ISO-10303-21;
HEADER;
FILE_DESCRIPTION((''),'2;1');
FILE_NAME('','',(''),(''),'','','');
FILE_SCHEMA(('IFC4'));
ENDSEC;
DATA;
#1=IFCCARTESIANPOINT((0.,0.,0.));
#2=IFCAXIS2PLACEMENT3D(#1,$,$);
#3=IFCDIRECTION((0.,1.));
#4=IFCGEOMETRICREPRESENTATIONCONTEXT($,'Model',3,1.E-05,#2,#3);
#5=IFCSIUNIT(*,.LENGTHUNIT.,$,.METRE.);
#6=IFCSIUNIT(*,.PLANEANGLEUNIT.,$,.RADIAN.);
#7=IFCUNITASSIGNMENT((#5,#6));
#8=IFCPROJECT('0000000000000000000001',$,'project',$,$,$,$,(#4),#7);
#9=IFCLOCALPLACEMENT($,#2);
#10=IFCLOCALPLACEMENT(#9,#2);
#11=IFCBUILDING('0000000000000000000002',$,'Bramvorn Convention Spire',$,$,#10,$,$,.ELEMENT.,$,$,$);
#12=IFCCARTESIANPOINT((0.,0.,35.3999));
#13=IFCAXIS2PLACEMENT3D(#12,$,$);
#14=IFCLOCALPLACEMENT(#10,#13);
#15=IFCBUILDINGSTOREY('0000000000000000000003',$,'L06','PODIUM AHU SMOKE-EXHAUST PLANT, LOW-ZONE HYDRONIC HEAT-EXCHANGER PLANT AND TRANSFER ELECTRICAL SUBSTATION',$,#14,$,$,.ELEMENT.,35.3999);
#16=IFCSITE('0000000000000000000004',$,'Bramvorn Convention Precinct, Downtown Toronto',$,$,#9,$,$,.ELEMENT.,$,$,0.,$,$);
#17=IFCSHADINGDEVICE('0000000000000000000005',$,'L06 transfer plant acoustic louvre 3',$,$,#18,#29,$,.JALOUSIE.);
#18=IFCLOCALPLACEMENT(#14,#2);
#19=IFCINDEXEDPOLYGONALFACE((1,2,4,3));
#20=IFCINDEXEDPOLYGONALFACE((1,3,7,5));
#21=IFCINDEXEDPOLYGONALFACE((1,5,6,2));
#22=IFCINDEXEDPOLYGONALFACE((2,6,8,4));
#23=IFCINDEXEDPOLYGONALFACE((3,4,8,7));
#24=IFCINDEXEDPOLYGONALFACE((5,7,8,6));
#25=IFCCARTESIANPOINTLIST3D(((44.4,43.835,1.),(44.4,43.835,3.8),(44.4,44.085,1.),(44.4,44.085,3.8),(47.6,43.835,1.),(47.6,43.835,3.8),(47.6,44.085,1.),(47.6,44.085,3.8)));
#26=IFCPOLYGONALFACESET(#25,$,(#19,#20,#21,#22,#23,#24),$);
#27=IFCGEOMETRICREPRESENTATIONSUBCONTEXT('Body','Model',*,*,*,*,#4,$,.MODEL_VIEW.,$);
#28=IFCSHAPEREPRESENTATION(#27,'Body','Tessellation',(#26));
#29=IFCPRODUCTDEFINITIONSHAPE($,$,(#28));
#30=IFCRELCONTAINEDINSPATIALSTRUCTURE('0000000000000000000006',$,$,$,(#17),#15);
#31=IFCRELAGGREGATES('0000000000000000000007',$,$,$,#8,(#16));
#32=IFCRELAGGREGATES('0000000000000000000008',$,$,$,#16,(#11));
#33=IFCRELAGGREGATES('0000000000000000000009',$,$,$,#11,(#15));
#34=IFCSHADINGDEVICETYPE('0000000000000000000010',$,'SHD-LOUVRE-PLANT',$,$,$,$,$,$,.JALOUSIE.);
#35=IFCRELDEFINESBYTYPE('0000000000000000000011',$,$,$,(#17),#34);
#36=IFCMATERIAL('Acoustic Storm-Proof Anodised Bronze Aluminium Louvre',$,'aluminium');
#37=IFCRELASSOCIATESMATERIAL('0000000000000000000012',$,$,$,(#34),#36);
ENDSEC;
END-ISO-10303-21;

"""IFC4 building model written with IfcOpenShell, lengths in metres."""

from ifc_helpers import new_model, si_unit, direction, frame, origin, origin_2d, place, context, subcontext, project, spatial, rectangle, extrude, material, type_object, element, save


model = new_model("IFC4")

# Units and contexts
model_context = context("Model", 3, precision=1e-05, world=origin(), true_north=direction((0.0, 1.0)))
body_context = subcontext(model_context, "Body", "Model", "MODEL_VIEW")
ifc_project = project(units=[si_unit("LENGTHUNIT", "METRE"), si_unit("PLANEANGLEUNIT", "RADIAN")], contexts=[model_context])

# Site, building, storey
site_placement = place(None, origin())
site = spatial("IfcSite", under=ifc_project, at=site_placement, Name="Bramvorn Convention Precinct, Downtown Toronto", CompositionType="ELEMENT", RefElevation=0.0)
building_placement = place(site_placement, origin())
building = spatial("IfcBuilding", under=site, at=building_placement, Name="Bramvorn Convention Spire", CompositionType="ELEMENT")
storey_placement = place(building_placement, frame((0.0, 0.0, 35.3999)))
storey = spatial("IfcBuildingStorey", under=building, at=storey_placement, Name="L06", Description="PODIUM AHU SMOKE-EXHAUST PLANT, LOW-ZONE HYDRONIC HEAT-EXCHANGER PLANT AND TRANSFER ELECTRICAL SUBSTATION", CompositionType="ELEMENT", Elevation=35.3999)

# Shading device
ifc_material_1 = material(Name="Acoustic Storm-Proof Anodised Bronze Aluminium Louvre", Category="aluminium")
shading_device_type = type_object("IfcShadingDeviceType", Name="SHD-LOUVRE-PLANT", PredefinedType="JALOUSIE", material=ifc_material_1)
shading_device_placement = place(storey_placement, frame((46.0, 43.96, 1.0), z_axis=(0.0, 0.0, 1.0), x_axis=(1.0, 0.0, 0.0)))
element("IfcShadingDevice", 1, at=shading_device_placement, inside=storey, type_object=shading_device_type, Name="L06 transfer plant acoustic louvre 3", PredefinedType="JALOUSIE", context=body_context, shape_type="SweptSolid", body=[
    extrude(rectangle(XDim=3.2, YDim=0.25, at=origin_2d()), origin(), (0.0, 0.0, 1.0), 2.8),
])

save(model, "model.ifc")
